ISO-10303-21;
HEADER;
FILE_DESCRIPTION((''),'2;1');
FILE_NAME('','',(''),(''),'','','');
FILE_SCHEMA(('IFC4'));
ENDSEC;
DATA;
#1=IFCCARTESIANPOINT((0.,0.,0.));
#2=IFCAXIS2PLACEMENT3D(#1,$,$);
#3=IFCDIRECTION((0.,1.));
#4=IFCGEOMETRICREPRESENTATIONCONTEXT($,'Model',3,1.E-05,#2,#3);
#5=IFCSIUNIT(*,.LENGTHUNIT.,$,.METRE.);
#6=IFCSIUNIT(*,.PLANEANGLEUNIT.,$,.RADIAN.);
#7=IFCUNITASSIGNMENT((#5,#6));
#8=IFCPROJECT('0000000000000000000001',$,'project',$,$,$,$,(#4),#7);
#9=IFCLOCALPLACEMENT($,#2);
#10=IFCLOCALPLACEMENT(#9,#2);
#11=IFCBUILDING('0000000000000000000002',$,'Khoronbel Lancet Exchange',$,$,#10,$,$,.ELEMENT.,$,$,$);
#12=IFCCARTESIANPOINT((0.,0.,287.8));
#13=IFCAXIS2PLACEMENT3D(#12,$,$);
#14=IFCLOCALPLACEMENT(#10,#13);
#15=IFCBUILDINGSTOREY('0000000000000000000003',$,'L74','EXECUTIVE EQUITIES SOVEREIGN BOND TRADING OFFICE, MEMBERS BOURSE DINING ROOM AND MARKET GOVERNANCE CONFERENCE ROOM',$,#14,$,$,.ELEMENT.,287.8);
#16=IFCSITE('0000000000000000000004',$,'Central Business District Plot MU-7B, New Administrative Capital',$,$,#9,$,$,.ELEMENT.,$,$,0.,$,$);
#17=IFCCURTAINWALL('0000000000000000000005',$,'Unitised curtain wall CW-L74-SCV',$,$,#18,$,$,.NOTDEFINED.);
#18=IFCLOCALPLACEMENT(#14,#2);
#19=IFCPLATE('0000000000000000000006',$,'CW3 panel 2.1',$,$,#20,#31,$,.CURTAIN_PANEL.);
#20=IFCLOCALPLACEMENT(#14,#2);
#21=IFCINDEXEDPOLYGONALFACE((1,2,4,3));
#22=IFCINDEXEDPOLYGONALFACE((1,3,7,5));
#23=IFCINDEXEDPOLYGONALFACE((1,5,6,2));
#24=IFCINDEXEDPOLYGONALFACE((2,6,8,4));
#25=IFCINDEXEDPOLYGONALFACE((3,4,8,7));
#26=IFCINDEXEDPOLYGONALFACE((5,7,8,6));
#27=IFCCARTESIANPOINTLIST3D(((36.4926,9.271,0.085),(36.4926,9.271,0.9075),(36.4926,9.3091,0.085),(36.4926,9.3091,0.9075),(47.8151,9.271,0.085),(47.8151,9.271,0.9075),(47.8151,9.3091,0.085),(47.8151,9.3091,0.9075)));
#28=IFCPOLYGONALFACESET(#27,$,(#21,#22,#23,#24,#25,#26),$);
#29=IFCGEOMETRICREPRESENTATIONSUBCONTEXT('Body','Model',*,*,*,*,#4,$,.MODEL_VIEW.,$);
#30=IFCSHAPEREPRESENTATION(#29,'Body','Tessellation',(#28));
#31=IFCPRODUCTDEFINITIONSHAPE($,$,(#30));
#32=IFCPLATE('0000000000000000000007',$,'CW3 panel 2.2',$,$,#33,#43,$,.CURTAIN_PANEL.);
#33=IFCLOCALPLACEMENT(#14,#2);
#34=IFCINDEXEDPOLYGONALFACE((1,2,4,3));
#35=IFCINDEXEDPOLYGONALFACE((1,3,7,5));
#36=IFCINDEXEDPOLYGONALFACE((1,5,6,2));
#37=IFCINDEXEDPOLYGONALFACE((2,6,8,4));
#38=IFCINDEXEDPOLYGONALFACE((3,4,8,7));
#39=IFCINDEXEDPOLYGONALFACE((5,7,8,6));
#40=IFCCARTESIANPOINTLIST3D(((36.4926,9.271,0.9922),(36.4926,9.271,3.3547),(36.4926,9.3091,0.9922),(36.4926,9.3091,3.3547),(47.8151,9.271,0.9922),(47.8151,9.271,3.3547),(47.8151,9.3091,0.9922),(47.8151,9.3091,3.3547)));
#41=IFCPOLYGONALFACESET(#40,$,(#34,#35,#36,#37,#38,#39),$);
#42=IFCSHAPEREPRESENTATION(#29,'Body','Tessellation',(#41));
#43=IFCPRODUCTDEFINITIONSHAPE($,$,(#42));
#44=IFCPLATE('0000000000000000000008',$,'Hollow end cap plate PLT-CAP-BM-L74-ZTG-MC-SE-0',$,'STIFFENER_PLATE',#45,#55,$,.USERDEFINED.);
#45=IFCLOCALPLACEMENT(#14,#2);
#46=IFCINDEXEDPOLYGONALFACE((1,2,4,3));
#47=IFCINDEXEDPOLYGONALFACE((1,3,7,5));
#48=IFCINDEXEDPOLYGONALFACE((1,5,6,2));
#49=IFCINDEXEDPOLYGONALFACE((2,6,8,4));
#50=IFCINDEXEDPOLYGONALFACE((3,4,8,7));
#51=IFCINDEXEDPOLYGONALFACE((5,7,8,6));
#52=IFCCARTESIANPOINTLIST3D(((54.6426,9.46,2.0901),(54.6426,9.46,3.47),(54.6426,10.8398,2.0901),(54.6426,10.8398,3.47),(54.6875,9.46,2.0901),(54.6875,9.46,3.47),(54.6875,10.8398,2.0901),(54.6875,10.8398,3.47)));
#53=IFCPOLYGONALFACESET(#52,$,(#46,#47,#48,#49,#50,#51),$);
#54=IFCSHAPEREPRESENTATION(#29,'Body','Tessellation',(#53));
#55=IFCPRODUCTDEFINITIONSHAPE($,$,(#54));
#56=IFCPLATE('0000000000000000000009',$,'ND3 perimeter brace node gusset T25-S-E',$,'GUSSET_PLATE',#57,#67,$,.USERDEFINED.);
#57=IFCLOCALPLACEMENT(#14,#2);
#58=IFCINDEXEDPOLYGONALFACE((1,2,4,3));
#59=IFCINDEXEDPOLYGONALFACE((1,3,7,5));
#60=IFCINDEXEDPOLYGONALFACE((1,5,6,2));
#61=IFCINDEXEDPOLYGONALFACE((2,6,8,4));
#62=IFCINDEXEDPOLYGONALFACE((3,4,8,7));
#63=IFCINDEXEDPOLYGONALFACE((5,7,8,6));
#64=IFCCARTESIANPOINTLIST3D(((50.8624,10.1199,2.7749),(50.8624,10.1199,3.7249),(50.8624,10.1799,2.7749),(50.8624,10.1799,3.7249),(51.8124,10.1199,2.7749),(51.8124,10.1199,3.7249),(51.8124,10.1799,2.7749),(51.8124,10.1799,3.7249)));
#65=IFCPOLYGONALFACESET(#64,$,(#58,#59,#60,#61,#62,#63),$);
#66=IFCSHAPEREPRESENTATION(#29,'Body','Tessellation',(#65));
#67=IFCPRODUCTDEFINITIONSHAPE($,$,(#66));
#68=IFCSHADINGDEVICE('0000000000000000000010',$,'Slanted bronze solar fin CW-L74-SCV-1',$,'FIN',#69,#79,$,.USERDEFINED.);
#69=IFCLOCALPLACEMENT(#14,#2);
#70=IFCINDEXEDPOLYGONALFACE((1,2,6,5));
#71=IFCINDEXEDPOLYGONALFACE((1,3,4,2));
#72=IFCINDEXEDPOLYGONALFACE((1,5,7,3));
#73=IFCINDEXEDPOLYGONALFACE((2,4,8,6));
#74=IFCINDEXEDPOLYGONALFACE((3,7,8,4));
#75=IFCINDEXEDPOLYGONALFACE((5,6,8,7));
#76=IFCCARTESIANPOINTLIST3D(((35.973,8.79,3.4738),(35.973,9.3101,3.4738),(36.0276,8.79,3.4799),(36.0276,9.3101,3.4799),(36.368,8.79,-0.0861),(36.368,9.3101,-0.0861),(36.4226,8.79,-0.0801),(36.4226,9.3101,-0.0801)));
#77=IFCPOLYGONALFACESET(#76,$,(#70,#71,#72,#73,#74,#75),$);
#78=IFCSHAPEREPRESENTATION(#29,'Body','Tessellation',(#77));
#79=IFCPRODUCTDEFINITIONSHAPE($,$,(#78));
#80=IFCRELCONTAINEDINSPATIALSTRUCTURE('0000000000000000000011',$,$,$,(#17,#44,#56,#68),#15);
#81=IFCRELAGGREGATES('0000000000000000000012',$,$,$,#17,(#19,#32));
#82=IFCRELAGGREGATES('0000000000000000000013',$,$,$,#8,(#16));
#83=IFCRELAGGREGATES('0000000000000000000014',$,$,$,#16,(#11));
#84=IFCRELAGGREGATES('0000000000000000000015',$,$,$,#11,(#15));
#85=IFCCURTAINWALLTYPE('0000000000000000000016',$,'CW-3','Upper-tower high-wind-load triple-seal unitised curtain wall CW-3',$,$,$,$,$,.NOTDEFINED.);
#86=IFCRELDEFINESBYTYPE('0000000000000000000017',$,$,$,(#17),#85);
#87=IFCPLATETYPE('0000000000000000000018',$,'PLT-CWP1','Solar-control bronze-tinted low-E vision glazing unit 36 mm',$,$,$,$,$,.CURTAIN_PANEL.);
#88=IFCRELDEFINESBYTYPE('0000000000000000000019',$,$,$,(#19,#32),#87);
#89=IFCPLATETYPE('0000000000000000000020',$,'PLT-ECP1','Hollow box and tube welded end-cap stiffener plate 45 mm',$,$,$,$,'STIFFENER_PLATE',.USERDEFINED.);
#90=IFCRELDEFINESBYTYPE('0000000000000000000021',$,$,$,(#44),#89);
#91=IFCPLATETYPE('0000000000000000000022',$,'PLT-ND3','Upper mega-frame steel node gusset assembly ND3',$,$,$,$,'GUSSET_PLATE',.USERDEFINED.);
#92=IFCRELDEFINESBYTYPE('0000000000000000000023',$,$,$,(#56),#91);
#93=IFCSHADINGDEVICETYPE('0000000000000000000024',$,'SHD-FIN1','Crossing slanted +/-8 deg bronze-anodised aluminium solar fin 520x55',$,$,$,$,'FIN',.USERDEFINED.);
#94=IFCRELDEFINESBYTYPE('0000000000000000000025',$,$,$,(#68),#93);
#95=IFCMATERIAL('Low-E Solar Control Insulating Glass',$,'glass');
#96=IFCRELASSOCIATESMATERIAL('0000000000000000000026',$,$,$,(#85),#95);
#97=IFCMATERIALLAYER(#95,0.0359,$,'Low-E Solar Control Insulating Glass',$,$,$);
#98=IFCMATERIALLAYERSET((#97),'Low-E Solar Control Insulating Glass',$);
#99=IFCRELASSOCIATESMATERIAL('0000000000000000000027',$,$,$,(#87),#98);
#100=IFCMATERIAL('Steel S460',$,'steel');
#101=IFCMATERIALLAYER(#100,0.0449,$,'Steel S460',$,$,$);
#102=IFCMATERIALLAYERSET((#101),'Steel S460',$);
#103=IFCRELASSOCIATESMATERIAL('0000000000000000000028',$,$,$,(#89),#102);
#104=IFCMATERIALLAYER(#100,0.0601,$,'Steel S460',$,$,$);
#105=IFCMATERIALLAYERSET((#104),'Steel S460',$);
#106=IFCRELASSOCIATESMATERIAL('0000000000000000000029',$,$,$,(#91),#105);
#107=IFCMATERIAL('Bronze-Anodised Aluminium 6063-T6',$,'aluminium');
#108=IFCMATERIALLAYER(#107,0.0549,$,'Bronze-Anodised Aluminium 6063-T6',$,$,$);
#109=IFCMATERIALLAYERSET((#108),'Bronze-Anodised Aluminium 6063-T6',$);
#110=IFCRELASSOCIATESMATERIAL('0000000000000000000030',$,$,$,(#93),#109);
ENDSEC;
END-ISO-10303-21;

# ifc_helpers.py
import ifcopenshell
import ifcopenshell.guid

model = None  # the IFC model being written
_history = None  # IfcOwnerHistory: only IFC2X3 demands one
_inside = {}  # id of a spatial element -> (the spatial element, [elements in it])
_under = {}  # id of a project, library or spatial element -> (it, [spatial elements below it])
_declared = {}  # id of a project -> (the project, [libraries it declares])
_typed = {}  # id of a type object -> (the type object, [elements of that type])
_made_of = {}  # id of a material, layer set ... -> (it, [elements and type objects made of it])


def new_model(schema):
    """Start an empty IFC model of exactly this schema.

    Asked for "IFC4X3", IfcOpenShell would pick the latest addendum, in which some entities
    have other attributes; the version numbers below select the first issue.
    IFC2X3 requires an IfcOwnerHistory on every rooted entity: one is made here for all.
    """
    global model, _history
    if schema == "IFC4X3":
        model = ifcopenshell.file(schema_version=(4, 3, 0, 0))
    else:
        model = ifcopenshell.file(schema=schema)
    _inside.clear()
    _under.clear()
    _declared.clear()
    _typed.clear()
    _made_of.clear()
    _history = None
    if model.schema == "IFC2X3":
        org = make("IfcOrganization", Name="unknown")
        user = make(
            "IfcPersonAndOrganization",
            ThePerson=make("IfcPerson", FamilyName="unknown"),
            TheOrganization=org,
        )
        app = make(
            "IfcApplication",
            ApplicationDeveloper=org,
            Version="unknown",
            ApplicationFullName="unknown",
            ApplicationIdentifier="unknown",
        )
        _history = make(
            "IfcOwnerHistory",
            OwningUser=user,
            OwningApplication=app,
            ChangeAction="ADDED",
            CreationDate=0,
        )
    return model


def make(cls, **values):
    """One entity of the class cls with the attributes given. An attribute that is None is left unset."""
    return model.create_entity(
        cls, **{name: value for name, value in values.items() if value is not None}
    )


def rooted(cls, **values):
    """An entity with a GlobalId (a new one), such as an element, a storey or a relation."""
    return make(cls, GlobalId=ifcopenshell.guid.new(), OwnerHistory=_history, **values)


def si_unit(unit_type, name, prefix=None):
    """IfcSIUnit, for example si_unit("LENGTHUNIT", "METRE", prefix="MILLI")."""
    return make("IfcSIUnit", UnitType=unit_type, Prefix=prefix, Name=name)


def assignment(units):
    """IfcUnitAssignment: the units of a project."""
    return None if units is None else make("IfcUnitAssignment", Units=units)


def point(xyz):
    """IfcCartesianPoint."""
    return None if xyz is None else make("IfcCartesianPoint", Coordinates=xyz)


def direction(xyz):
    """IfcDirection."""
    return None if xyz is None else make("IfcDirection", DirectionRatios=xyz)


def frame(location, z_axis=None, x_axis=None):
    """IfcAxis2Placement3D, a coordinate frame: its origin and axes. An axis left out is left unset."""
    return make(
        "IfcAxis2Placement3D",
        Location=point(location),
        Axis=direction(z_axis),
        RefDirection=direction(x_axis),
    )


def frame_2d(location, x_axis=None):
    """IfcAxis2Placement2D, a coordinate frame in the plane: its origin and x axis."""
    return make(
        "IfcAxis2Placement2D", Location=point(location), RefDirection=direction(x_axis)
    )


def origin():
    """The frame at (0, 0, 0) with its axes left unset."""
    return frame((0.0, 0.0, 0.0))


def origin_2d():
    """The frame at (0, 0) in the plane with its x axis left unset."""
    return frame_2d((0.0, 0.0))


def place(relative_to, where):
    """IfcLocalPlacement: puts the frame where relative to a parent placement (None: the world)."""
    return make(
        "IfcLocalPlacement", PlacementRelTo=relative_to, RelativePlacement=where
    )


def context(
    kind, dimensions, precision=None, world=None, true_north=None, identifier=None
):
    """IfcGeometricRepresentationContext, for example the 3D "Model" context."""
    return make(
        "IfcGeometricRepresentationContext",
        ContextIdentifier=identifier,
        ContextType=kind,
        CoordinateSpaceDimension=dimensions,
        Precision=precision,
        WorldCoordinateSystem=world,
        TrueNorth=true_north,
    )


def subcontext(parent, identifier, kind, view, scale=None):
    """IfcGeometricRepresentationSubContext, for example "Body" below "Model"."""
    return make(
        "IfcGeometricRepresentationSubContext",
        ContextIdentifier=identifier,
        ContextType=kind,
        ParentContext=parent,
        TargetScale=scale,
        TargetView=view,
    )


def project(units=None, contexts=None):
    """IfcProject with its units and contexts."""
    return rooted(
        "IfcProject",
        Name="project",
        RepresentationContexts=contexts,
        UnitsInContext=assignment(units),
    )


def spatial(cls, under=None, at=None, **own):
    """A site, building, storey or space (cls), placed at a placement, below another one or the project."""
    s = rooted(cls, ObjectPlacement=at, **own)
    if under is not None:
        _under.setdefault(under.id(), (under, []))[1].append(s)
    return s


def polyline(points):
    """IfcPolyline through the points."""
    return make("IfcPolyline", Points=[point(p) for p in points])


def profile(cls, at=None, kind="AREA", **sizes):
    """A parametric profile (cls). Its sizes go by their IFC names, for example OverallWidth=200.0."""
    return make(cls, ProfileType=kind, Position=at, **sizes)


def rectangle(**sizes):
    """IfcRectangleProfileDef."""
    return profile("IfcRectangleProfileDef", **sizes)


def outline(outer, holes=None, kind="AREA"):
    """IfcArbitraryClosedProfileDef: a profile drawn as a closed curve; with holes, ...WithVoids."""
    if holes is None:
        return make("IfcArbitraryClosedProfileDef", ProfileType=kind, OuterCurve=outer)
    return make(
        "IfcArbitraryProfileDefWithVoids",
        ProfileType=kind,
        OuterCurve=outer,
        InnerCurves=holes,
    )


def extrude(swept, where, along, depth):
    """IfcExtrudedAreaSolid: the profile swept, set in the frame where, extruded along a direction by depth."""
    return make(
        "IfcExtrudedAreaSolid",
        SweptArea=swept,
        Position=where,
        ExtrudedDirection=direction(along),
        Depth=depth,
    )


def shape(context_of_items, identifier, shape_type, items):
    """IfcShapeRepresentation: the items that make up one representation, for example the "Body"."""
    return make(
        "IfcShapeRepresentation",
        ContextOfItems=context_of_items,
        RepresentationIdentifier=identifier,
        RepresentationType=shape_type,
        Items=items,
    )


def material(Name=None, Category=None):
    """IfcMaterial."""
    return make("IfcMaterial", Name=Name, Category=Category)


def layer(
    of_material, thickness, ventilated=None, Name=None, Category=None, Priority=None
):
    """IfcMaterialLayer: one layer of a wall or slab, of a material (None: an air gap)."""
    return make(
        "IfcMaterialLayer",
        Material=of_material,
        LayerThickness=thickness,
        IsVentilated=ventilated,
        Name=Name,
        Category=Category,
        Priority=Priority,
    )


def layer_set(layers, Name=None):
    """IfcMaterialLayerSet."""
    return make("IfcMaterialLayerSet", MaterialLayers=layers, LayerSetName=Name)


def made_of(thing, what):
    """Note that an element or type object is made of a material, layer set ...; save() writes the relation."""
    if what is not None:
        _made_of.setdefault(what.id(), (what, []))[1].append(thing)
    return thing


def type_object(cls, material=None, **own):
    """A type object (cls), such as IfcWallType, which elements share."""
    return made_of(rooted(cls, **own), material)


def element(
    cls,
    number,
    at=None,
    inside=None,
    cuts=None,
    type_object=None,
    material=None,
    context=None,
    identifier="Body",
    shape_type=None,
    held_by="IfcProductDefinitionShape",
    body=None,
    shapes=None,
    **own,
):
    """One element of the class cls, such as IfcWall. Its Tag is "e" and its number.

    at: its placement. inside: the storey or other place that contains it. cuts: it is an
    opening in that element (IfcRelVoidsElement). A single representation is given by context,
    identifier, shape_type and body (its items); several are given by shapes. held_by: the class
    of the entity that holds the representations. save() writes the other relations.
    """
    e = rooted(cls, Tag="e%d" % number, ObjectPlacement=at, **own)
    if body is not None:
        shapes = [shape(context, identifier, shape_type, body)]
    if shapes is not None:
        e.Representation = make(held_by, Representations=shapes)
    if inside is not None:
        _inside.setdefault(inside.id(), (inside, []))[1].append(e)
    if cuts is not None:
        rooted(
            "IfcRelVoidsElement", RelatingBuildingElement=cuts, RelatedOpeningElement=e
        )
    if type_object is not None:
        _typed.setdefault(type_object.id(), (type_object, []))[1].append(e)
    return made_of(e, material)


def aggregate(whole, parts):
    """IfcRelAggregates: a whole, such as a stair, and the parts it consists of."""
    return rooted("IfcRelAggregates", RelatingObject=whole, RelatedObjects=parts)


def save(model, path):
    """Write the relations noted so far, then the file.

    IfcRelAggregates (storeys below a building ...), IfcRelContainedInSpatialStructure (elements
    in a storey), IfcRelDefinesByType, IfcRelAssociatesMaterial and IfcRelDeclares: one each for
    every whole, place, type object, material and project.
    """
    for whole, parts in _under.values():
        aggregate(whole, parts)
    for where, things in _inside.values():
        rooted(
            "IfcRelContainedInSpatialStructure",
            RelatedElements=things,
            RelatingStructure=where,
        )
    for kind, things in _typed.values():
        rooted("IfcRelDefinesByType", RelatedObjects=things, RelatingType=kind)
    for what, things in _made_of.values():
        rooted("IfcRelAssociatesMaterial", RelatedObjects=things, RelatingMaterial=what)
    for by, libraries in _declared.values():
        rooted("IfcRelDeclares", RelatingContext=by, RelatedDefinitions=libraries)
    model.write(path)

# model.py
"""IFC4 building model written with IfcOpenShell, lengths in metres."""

from ifc_helpers import new_model, si_unit, direction, frame, origin, origin_2d, place, context, subcontext, project, spatial, polyline, rectangle, outline, extrude, material, layer, layer_set, type_object, element, aggregate, save


model = new_model("IFC4")

# Units and contexts
model_context = context("Model", 3, precision=1e-05, world=origin(), true_north=direction((0.0, 1.0)))
body_context = subcontext(model_context, "Body", "Model", "MODEL_VIEW")
ifc_project = project(units=[si_unit("LENGTHUNIT", "METRE"), si_unit("PLANEANGLEUNIT", "RADIAN")], contexts=[model_context])

# Site, building, storey
site_placement = place(None, origin())
site = spatial("IfcSite", under=ifc_project, at=site_placement, Name="Central Business District Plot MU-7B, New Administrative Capital", CompositionType="ELEMENT", RefElevation=0.0)
building_placement = place(site_placement, origin())
building = spatial("IfcBuilding", under=site, at=building_placement, Name="Khoronbel Lancet Exchange", CompositionType="ELEMENT")
storey_placement = place(building_placement, frame((0.0, 0.0, 287.8)))
storey = spatial("IfcBuildingStorey", under=building, at=storey_placement, Name="L74", Description="EXECUTIVE EQUITIES SOVEREIGN BOND TRADING OFFICE, MEMBERS BOURSE DINING ROOM AND MARKET GOVERNANCE CONFERENCE ROOM", CompositionType="ELEMENT", Elevation=287.8)

# Shared definitions
ifc_material_1 = material(Name="Steel S460", Category="steel")

# Curtain wall
ifc_material_2 = material(Name="Low-E Solar Control Insulating Glass", Category="glass")
curtain_wall_type = type_object("IfcCurtainWallType", Name="CW-3", Description="Upper-tower high-wind-load triple-seal unitised curtain wall CW-3", PredefinedType="NOTDEFINED", material=ifc_material_2)
curtain_wall_1_placement = place(storey_placement, origin())
curtain_wall_1 = element("IfcCurtainWall", 1, at=curtain_wall_1_placement, inside=storey, type_object=curtain_wall_type, Name="Unitised curtain wall CW-L74-SCV", PredefinedType="NOTDEFINED")
ifc_material_3 = material(Name="Bronze-Anodised Aluminium 6063-T6", Category="aluminium")

# Plates
ifc_layer_1 = layer(ifc_material_2, 0.0359, Name="Low-E Solar Control Insulating Glass")
ifc_layer_set_1 = layer_set([ifc_layer_1], Name="Low-E Solar Control Insulating Glass")
plate_type_1 = type_object("IfcPlateType", Name="PLT-CWP1", Description="Solar-control bronze-tinted low-E vision glazing unit 36 mm", PredefinedType="CURTAIN_PANEL", material=ifc_layer_set_1)
plate_1_placement = place(storey_placement, frame((42.1538, 9.29, 0.085), z_axis=(0.0, 0.0, 1.0), x_axis=(1.0, 0.0, 0.0)))
plate_1 = element("IfcPlate", 2, at=plate_1_placement, type_object=plate_type_1, Name="CW3 panel 2.1", PredefinedType="CURTAIN_PANEL", context=body_context, shape_type="SweptSolid", body=[
    extrude(rectangle(XDim=11.3225, YDim=0.0381, at=origin_2d()), origin(), (0.0, 0.0, 1.0), 0.8225),
])
plate_2_placement = place(storey_placement, frame((42.1538, 9.29, 0.9922), z_axis=(0.0, 0.0, 1.0), x_axis=(1.0, 0.0, 0.0)))
plate_2 = element("IfcPlate", 3, at=plate_2_placement, type_object=plate_type_1, Name="CW3 panel 2.2", PredefinedType="CURTAIN_PANEL", context=body_context, shape_type="SweptSolid", body=[
    extrude(rectangle(XDim=11.3225, YDim=0.0381, at=origin_2d()), origin(), (0.0, 0.0, 1.0), 2.3625),
])
aggregate(curtain_wall_1, [plate_1, plate_2])

# Plates
ifc_layer_2 = layer(ifc_material_1, 0.0449, Name="Steel S460")
ifc_layer_set_2 = layer_set([ifc_layer_2], Name="Steel S460")
plate_type_2 = type_object("IfcPlateType", Name="PLT-ECP1", Description="Hollow box and tube welded end-cap stiffener plate 45 mm", ElementType="STIFFENER_PLATE", PredefinedType="USERDEFINED", material=ifc_layer_set_2)
plate_3_placement = place(storey_placement, frame((54.665, 10.1499, 2.0901), z_axis=(0.0, 0.0, 1.0), x_axis=(-1.0, 0.0, 0.0)))
element("IfcPlate", 4, at=plate_3_placement, inside=storey, type_object=plate_type_2, Name="Hollow end cap plate PLT-CAP-BM-L74-ZTG-MC-SE-0", ObjectType="STIFFENER_PLATE", PredefinedType="USERDEFINED", context=body_context, shape_type="SweptSolid", body=[
    extrude(rectangle(XDim=0.0449, YDim=1.3799, at=origin_2d()), origin(), (0.0, 0.0, 1.0), 1.3799),
])
ifc_layer_3 = layer(ifc_material_1, 0.0601, Name="Steel S460")
ifc_layer_set_3 = layer_set([ifc_layer_3], Name="Steel S460")
plate_type_3 = type_object("IfcPlateType", Name="PLT-ND3", Description="Upper mega-frame steel node gusset assembly ND3", ElementType="GUSSET_PLATE", PredefinedType="USERDEFINED", material=ifc_layer_set_3)
plate_4_placement = place(storey_placement, frame((51.3374, 10.1499, 2.7749), z_axis=(0.0, 0.0, 1.0), x_axis=(1.0, 0.0, 0.0)))
element("IfcPlate", 5, at=plate_4_placement, inside=storey, type_object=plate_type_3, Name="ND3 perimeter brace node gusset T25-S-E", ObjectType="GUSSET_PLATE", PredefinedType="USERDEFINED", context=body_context, shape_type="SweptSolid", body=[
    extrude(rectangle(XDim=0.95, YDim=0.0601, at=origin_2d()), origin(), (0.0, 0.0, 1.0), 0.95),
])

# Shading device
ifc_layer_4 = layer(ifc_material_3, 0.0549, Name="Bronze-Anodised Aluminium 6063-T6")
ifc_layer_set_4 = layer_set([ifc_layer_4], Name="Bronze-Anodised Aluminium 6063-T6")
shading_device_type = type_object("IfcShadingDeviceType", Name="SHD-FIN1", Description="Crossing slanted +/-8 deg bronze-anodised aluminium solar fin 520x55", ElementType="FIN", PredefinedType="USERDEFINED", material=ifc_layer_set_4)
shading_device_placement = place(storey_placement, frame((36.4226, 9.3101, -0.0801), z_axis=(0.9939, 0.0, 0.110282), x_axis=(0.0, -1.0, 0.0)))
element("IfcShadingDevice", 6, at=shading_device_placement, inside=storey, type_object=shading_device_type, Name="Slanted bronze solar fin CW-L74-SCV-1", ObjectType="FIN", PredefinedType="USERDEFINED", context=body_context, shape_type="SweptSolid", body=[
    extrude(outline(polyline([(0.0, 0.0), (0.52, 0.0), (0.52, -3.5818), (0.0, -3.5818), (0.0, 0.0)])), origin(), (0.0, 0.0, -1.0), 0.0549),
])

save(model, "model.ifc")
